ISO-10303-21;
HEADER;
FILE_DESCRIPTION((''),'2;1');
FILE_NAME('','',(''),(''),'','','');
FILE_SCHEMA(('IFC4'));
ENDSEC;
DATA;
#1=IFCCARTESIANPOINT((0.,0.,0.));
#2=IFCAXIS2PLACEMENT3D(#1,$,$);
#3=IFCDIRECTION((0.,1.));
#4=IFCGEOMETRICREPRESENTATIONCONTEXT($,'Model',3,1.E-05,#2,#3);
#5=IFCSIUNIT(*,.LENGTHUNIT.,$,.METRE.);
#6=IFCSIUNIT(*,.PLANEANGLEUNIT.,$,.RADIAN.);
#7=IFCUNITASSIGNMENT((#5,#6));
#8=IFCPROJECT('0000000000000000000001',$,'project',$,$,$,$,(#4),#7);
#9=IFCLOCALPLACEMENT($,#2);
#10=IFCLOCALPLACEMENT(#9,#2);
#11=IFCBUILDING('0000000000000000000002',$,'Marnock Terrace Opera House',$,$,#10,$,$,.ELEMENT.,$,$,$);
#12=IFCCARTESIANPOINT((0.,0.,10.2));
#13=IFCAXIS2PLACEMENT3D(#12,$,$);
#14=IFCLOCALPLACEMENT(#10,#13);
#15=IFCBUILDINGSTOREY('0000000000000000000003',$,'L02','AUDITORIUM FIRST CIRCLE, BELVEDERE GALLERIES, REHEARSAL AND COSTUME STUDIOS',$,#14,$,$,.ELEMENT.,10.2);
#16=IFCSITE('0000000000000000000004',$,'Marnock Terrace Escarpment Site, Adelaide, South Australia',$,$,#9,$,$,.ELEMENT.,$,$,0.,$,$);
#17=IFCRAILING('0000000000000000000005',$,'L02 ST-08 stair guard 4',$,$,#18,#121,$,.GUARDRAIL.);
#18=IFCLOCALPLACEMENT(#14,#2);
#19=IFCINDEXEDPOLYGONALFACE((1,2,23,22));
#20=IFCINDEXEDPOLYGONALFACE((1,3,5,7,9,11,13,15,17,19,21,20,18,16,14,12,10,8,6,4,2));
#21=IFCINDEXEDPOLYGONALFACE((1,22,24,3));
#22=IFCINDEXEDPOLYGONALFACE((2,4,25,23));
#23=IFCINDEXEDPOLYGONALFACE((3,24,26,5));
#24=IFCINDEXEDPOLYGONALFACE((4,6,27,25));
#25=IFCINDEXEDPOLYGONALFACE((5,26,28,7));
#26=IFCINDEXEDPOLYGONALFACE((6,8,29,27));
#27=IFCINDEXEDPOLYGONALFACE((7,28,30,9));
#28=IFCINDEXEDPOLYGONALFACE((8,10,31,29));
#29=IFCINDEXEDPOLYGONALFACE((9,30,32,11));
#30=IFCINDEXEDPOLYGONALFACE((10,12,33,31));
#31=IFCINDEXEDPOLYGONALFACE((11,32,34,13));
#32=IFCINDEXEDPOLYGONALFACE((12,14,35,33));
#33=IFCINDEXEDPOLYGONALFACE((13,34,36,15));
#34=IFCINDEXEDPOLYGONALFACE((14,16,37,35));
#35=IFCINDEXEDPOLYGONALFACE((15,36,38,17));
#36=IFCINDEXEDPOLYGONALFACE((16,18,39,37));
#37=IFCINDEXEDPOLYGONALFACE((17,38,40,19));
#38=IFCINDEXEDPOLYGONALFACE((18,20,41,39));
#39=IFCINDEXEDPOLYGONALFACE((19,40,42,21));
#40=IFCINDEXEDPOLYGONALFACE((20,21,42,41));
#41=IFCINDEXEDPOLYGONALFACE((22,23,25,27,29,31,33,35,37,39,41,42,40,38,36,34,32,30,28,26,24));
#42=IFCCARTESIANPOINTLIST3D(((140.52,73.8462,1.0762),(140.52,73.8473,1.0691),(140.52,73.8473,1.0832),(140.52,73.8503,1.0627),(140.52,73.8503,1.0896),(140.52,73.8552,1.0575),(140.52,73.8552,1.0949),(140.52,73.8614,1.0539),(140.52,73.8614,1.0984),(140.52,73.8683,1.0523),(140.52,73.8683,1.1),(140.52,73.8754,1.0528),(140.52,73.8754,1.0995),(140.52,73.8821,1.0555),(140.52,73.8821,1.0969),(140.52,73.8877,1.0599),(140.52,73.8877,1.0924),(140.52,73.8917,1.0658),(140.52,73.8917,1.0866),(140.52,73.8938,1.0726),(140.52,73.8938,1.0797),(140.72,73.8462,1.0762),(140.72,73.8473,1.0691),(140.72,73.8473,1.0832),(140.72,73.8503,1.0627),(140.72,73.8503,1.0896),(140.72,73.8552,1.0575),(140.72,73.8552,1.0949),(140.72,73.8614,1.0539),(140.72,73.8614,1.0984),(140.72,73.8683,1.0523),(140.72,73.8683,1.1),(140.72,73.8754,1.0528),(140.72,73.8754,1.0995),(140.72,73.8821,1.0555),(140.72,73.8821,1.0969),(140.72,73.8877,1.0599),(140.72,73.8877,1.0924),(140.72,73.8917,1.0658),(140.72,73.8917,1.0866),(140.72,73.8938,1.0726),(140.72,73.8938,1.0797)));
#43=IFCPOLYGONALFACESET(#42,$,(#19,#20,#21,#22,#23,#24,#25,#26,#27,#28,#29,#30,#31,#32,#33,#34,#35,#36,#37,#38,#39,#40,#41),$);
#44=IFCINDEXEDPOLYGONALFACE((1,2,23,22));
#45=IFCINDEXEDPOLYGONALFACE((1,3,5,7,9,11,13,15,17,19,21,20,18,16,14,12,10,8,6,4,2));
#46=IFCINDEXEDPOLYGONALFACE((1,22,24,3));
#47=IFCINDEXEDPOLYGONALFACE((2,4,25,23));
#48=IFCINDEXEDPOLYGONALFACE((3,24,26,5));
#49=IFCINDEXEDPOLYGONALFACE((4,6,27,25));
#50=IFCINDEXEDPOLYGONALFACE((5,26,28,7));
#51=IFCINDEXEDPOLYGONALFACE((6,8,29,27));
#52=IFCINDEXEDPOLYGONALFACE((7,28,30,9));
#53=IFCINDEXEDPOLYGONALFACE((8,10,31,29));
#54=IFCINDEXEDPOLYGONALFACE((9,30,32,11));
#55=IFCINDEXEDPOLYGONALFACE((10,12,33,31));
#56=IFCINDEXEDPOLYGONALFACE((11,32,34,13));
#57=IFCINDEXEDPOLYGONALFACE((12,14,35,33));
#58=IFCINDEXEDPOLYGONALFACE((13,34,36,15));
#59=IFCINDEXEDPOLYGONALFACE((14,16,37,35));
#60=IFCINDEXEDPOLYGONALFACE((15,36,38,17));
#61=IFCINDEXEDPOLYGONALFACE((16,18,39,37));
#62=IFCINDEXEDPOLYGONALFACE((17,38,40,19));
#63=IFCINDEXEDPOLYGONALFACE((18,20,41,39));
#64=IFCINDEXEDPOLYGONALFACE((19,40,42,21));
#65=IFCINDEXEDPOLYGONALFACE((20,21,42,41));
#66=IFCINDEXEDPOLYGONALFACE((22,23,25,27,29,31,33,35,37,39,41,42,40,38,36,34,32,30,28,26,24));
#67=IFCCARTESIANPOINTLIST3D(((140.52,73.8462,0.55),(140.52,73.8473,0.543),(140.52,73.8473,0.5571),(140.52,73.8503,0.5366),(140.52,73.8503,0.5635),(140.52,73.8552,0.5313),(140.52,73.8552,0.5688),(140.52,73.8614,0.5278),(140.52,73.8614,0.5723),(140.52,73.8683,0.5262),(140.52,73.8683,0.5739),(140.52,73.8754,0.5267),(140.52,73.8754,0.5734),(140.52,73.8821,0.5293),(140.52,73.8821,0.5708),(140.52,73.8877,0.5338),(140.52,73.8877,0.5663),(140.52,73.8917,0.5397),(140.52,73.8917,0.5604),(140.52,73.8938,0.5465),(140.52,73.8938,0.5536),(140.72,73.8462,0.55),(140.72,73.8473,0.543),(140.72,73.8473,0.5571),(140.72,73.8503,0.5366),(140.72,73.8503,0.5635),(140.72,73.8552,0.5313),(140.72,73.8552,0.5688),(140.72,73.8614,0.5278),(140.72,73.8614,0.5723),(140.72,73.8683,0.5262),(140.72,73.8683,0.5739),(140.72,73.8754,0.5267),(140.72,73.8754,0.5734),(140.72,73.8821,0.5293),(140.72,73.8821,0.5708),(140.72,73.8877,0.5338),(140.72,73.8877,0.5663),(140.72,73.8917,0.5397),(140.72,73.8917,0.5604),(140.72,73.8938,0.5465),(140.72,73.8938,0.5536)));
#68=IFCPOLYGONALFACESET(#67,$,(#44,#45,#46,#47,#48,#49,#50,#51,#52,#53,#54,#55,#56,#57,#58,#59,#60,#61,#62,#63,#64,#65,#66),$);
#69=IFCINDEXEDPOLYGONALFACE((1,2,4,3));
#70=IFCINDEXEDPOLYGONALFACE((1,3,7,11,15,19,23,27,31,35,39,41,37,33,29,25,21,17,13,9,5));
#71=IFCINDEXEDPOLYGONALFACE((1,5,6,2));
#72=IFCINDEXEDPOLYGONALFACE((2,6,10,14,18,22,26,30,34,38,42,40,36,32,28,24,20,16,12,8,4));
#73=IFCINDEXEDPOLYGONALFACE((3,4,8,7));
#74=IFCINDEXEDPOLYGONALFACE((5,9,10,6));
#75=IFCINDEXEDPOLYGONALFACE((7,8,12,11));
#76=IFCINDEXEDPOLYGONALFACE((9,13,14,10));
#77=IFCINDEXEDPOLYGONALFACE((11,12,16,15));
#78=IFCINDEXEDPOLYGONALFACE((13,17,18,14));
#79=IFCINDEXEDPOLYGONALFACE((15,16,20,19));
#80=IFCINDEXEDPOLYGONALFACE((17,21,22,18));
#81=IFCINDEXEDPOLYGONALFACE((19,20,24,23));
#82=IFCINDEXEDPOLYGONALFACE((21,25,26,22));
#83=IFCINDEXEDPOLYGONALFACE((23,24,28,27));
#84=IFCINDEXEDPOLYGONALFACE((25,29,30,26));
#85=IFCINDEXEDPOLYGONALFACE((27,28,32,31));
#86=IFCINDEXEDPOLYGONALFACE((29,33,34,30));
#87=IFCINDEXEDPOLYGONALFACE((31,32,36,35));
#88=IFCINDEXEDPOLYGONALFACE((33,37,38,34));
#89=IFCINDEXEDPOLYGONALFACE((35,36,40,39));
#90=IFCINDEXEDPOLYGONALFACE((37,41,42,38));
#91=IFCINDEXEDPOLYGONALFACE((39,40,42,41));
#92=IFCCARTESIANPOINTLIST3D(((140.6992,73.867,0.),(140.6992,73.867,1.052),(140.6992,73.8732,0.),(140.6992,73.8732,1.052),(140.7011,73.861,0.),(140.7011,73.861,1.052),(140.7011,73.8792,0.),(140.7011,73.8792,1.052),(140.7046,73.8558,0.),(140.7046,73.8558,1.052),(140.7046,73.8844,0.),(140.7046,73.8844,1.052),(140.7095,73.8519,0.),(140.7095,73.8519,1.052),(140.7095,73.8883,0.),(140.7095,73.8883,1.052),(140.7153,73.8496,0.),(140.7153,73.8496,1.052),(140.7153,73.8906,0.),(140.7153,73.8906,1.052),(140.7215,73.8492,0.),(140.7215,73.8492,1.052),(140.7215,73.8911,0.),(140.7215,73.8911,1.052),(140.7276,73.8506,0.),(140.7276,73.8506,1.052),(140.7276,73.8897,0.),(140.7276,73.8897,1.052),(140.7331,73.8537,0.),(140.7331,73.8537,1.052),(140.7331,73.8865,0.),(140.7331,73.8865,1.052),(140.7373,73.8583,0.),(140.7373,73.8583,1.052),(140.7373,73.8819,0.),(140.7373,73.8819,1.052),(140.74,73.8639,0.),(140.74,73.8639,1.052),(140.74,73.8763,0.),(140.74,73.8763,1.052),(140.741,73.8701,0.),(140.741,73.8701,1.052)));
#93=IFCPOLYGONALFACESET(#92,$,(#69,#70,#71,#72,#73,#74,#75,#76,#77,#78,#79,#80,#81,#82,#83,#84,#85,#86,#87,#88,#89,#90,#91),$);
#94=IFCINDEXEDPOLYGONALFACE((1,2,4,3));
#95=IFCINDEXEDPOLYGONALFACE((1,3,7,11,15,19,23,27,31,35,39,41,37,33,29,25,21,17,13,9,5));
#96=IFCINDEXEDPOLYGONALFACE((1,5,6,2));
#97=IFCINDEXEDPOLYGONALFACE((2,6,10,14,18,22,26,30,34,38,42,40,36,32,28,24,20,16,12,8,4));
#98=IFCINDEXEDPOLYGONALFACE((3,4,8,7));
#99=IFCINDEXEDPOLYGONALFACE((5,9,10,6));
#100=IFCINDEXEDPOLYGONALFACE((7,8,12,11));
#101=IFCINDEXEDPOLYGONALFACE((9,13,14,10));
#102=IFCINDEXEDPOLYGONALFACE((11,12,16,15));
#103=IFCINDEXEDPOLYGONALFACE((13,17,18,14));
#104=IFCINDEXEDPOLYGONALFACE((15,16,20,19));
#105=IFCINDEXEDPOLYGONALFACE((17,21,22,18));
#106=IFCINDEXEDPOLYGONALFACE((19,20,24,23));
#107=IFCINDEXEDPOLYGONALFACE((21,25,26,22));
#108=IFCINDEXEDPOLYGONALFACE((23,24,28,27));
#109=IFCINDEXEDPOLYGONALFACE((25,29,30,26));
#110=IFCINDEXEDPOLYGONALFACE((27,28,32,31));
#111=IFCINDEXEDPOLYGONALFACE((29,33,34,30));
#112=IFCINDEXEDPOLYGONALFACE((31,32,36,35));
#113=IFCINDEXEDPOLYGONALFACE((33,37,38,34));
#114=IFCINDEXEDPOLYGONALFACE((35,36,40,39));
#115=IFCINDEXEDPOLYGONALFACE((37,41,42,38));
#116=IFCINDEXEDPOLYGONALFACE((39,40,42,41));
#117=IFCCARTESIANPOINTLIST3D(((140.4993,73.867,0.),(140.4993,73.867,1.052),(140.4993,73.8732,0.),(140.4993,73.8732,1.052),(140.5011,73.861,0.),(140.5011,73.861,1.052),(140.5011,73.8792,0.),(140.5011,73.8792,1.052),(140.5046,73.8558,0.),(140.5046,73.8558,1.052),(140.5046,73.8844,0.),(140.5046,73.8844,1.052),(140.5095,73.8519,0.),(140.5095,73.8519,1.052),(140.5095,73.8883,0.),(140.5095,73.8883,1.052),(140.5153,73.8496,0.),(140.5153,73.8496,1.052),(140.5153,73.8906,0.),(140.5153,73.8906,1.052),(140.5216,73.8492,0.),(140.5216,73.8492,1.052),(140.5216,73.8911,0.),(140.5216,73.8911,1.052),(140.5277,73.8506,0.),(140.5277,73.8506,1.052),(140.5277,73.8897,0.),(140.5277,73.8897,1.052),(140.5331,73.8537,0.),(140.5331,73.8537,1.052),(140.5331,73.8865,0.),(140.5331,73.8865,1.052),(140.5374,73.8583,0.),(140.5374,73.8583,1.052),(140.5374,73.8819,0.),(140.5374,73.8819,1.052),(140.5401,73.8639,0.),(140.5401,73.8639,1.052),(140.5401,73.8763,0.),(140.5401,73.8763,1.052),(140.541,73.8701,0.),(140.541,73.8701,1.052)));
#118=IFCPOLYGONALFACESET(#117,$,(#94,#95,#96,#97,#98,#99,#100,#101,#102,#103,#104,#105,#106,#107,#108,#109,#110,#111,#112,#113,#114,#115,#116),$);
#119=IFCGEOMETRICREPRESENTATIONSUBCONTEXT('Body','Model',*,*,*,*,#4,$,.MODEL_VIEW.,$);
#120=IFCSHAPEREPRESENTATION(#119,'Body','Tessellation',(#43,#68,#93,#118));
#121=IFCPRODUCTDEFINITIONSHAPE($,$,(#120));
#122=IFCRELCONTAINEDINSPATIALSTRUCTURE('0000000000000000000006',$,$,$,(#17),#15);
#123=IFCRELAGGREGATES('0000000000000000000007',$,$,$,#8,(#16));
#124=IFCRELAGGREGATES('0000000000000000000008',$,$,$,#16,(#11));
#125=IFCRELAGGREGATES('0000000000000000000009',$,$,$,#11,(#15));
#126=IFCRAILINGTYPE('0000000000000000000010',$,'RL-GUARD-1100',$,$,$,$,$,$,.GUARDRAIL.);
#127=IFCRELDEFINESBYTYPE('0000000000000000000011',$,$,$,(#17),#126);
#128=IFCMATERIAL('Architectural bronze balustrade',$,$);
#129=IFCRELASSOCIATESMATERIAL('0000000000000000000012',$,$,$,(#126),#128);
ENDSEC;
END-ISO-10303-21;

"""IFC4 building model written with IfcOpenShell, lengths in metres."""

from ifc_helpers import new_model, si_unit, direction, frame, origin, origin_2d, place, context, subcontext, project, spatial, circle, extrude, material, type_object, element, save


model = new_model("IFC4")

# Units and contexts
model_context = context("Model", 3, precision=1e-05, world=origin(), true_north=direction((0.0, 1.0)))
body_context = subcontext(model_context, "Body", "Model", "MODEL_VIEW")
ifc_project = project(units=[si_unit("LENGTHUNIT", "METRE"), si_unit("PLANEANGLEUNIT", "RADIAN")], contexts=[model_context])

# Site, building, storey
site_placement = place(None, origin())
site = spatial("IfcSite", under=ifc_project, at=site_placement, Name="Marnock Terrace Escarpment Site, Adelaide, South Australia", CompositionType="ELEMENT", RefElevation=0.0)
building_placement = place(site_placement, origin())
building = spatial("IfcBuilding", under=site, at=building_placement, Name="Marnock Terrace Opera House", CompositionType="ELEMENT")
storey_placement = place(building_placement, frame((0.0, 0.0, 10.2)))
storey = spatial("IfcBuildingStorey", under=building, at=storey_placement, Name="L02", Description="AUDITORIUM FIRST CIRCLE, BELVEDERE GALLERIES, REHEARSAL AND COSTUME STUDIOS", CompositionType="ELEMENT", Elevation=10.2)

# Railing
ifc_material_1 = material(Name="Architectural bronze balustrade")
railing_type_1 = type_object("IfcRailingType", Name="RL-GUARD-1100", PredefinedType="GUARDRAIL", material=ifc_material_1)
railing_1_placement = place(storey_placement, frame((140.72, 73.8701, 0.0)))
element("IfcRailing", 1, at=railing_1_placement, inside=storey, type_object=railing_type_1, Name="L02 ST-08 stair guard 4", PredefinedType="GUARDRAIL", context=body_context, shape_type="SweptSolid", body=[
    extrude(circle(Radius=0.0239, at=origin_2d()), frame((0.0, 0.0, 1.0762), z_axis=(-1.0, 0.0, 0.0), x_axis=(0.0, -1.0, 0.0)), (0.0, 0.0, 1.0), 0.2),
    extrude(circle(Radius=0.0239, at=origin_2d()), frame((0.0, 0.0, 0.55), z_axis=(-1.0, 0.0, 0.0), x_axis=(0.0, -1.0, 0.0)), (0.0, 0.0, 1.0), 0.2),
    extrude(circle(Radius=0.021, at=origin_2d()), origin(), (0.0, 0.0, 1.0), 1.052),
    extrude(circle(Radius=0.021, at=origin_2d()), frame((-0.2, 0.0, 0.0)), (0.0, 0.0, 1.0), 1.052),
])

save(model, "model.ifc")
